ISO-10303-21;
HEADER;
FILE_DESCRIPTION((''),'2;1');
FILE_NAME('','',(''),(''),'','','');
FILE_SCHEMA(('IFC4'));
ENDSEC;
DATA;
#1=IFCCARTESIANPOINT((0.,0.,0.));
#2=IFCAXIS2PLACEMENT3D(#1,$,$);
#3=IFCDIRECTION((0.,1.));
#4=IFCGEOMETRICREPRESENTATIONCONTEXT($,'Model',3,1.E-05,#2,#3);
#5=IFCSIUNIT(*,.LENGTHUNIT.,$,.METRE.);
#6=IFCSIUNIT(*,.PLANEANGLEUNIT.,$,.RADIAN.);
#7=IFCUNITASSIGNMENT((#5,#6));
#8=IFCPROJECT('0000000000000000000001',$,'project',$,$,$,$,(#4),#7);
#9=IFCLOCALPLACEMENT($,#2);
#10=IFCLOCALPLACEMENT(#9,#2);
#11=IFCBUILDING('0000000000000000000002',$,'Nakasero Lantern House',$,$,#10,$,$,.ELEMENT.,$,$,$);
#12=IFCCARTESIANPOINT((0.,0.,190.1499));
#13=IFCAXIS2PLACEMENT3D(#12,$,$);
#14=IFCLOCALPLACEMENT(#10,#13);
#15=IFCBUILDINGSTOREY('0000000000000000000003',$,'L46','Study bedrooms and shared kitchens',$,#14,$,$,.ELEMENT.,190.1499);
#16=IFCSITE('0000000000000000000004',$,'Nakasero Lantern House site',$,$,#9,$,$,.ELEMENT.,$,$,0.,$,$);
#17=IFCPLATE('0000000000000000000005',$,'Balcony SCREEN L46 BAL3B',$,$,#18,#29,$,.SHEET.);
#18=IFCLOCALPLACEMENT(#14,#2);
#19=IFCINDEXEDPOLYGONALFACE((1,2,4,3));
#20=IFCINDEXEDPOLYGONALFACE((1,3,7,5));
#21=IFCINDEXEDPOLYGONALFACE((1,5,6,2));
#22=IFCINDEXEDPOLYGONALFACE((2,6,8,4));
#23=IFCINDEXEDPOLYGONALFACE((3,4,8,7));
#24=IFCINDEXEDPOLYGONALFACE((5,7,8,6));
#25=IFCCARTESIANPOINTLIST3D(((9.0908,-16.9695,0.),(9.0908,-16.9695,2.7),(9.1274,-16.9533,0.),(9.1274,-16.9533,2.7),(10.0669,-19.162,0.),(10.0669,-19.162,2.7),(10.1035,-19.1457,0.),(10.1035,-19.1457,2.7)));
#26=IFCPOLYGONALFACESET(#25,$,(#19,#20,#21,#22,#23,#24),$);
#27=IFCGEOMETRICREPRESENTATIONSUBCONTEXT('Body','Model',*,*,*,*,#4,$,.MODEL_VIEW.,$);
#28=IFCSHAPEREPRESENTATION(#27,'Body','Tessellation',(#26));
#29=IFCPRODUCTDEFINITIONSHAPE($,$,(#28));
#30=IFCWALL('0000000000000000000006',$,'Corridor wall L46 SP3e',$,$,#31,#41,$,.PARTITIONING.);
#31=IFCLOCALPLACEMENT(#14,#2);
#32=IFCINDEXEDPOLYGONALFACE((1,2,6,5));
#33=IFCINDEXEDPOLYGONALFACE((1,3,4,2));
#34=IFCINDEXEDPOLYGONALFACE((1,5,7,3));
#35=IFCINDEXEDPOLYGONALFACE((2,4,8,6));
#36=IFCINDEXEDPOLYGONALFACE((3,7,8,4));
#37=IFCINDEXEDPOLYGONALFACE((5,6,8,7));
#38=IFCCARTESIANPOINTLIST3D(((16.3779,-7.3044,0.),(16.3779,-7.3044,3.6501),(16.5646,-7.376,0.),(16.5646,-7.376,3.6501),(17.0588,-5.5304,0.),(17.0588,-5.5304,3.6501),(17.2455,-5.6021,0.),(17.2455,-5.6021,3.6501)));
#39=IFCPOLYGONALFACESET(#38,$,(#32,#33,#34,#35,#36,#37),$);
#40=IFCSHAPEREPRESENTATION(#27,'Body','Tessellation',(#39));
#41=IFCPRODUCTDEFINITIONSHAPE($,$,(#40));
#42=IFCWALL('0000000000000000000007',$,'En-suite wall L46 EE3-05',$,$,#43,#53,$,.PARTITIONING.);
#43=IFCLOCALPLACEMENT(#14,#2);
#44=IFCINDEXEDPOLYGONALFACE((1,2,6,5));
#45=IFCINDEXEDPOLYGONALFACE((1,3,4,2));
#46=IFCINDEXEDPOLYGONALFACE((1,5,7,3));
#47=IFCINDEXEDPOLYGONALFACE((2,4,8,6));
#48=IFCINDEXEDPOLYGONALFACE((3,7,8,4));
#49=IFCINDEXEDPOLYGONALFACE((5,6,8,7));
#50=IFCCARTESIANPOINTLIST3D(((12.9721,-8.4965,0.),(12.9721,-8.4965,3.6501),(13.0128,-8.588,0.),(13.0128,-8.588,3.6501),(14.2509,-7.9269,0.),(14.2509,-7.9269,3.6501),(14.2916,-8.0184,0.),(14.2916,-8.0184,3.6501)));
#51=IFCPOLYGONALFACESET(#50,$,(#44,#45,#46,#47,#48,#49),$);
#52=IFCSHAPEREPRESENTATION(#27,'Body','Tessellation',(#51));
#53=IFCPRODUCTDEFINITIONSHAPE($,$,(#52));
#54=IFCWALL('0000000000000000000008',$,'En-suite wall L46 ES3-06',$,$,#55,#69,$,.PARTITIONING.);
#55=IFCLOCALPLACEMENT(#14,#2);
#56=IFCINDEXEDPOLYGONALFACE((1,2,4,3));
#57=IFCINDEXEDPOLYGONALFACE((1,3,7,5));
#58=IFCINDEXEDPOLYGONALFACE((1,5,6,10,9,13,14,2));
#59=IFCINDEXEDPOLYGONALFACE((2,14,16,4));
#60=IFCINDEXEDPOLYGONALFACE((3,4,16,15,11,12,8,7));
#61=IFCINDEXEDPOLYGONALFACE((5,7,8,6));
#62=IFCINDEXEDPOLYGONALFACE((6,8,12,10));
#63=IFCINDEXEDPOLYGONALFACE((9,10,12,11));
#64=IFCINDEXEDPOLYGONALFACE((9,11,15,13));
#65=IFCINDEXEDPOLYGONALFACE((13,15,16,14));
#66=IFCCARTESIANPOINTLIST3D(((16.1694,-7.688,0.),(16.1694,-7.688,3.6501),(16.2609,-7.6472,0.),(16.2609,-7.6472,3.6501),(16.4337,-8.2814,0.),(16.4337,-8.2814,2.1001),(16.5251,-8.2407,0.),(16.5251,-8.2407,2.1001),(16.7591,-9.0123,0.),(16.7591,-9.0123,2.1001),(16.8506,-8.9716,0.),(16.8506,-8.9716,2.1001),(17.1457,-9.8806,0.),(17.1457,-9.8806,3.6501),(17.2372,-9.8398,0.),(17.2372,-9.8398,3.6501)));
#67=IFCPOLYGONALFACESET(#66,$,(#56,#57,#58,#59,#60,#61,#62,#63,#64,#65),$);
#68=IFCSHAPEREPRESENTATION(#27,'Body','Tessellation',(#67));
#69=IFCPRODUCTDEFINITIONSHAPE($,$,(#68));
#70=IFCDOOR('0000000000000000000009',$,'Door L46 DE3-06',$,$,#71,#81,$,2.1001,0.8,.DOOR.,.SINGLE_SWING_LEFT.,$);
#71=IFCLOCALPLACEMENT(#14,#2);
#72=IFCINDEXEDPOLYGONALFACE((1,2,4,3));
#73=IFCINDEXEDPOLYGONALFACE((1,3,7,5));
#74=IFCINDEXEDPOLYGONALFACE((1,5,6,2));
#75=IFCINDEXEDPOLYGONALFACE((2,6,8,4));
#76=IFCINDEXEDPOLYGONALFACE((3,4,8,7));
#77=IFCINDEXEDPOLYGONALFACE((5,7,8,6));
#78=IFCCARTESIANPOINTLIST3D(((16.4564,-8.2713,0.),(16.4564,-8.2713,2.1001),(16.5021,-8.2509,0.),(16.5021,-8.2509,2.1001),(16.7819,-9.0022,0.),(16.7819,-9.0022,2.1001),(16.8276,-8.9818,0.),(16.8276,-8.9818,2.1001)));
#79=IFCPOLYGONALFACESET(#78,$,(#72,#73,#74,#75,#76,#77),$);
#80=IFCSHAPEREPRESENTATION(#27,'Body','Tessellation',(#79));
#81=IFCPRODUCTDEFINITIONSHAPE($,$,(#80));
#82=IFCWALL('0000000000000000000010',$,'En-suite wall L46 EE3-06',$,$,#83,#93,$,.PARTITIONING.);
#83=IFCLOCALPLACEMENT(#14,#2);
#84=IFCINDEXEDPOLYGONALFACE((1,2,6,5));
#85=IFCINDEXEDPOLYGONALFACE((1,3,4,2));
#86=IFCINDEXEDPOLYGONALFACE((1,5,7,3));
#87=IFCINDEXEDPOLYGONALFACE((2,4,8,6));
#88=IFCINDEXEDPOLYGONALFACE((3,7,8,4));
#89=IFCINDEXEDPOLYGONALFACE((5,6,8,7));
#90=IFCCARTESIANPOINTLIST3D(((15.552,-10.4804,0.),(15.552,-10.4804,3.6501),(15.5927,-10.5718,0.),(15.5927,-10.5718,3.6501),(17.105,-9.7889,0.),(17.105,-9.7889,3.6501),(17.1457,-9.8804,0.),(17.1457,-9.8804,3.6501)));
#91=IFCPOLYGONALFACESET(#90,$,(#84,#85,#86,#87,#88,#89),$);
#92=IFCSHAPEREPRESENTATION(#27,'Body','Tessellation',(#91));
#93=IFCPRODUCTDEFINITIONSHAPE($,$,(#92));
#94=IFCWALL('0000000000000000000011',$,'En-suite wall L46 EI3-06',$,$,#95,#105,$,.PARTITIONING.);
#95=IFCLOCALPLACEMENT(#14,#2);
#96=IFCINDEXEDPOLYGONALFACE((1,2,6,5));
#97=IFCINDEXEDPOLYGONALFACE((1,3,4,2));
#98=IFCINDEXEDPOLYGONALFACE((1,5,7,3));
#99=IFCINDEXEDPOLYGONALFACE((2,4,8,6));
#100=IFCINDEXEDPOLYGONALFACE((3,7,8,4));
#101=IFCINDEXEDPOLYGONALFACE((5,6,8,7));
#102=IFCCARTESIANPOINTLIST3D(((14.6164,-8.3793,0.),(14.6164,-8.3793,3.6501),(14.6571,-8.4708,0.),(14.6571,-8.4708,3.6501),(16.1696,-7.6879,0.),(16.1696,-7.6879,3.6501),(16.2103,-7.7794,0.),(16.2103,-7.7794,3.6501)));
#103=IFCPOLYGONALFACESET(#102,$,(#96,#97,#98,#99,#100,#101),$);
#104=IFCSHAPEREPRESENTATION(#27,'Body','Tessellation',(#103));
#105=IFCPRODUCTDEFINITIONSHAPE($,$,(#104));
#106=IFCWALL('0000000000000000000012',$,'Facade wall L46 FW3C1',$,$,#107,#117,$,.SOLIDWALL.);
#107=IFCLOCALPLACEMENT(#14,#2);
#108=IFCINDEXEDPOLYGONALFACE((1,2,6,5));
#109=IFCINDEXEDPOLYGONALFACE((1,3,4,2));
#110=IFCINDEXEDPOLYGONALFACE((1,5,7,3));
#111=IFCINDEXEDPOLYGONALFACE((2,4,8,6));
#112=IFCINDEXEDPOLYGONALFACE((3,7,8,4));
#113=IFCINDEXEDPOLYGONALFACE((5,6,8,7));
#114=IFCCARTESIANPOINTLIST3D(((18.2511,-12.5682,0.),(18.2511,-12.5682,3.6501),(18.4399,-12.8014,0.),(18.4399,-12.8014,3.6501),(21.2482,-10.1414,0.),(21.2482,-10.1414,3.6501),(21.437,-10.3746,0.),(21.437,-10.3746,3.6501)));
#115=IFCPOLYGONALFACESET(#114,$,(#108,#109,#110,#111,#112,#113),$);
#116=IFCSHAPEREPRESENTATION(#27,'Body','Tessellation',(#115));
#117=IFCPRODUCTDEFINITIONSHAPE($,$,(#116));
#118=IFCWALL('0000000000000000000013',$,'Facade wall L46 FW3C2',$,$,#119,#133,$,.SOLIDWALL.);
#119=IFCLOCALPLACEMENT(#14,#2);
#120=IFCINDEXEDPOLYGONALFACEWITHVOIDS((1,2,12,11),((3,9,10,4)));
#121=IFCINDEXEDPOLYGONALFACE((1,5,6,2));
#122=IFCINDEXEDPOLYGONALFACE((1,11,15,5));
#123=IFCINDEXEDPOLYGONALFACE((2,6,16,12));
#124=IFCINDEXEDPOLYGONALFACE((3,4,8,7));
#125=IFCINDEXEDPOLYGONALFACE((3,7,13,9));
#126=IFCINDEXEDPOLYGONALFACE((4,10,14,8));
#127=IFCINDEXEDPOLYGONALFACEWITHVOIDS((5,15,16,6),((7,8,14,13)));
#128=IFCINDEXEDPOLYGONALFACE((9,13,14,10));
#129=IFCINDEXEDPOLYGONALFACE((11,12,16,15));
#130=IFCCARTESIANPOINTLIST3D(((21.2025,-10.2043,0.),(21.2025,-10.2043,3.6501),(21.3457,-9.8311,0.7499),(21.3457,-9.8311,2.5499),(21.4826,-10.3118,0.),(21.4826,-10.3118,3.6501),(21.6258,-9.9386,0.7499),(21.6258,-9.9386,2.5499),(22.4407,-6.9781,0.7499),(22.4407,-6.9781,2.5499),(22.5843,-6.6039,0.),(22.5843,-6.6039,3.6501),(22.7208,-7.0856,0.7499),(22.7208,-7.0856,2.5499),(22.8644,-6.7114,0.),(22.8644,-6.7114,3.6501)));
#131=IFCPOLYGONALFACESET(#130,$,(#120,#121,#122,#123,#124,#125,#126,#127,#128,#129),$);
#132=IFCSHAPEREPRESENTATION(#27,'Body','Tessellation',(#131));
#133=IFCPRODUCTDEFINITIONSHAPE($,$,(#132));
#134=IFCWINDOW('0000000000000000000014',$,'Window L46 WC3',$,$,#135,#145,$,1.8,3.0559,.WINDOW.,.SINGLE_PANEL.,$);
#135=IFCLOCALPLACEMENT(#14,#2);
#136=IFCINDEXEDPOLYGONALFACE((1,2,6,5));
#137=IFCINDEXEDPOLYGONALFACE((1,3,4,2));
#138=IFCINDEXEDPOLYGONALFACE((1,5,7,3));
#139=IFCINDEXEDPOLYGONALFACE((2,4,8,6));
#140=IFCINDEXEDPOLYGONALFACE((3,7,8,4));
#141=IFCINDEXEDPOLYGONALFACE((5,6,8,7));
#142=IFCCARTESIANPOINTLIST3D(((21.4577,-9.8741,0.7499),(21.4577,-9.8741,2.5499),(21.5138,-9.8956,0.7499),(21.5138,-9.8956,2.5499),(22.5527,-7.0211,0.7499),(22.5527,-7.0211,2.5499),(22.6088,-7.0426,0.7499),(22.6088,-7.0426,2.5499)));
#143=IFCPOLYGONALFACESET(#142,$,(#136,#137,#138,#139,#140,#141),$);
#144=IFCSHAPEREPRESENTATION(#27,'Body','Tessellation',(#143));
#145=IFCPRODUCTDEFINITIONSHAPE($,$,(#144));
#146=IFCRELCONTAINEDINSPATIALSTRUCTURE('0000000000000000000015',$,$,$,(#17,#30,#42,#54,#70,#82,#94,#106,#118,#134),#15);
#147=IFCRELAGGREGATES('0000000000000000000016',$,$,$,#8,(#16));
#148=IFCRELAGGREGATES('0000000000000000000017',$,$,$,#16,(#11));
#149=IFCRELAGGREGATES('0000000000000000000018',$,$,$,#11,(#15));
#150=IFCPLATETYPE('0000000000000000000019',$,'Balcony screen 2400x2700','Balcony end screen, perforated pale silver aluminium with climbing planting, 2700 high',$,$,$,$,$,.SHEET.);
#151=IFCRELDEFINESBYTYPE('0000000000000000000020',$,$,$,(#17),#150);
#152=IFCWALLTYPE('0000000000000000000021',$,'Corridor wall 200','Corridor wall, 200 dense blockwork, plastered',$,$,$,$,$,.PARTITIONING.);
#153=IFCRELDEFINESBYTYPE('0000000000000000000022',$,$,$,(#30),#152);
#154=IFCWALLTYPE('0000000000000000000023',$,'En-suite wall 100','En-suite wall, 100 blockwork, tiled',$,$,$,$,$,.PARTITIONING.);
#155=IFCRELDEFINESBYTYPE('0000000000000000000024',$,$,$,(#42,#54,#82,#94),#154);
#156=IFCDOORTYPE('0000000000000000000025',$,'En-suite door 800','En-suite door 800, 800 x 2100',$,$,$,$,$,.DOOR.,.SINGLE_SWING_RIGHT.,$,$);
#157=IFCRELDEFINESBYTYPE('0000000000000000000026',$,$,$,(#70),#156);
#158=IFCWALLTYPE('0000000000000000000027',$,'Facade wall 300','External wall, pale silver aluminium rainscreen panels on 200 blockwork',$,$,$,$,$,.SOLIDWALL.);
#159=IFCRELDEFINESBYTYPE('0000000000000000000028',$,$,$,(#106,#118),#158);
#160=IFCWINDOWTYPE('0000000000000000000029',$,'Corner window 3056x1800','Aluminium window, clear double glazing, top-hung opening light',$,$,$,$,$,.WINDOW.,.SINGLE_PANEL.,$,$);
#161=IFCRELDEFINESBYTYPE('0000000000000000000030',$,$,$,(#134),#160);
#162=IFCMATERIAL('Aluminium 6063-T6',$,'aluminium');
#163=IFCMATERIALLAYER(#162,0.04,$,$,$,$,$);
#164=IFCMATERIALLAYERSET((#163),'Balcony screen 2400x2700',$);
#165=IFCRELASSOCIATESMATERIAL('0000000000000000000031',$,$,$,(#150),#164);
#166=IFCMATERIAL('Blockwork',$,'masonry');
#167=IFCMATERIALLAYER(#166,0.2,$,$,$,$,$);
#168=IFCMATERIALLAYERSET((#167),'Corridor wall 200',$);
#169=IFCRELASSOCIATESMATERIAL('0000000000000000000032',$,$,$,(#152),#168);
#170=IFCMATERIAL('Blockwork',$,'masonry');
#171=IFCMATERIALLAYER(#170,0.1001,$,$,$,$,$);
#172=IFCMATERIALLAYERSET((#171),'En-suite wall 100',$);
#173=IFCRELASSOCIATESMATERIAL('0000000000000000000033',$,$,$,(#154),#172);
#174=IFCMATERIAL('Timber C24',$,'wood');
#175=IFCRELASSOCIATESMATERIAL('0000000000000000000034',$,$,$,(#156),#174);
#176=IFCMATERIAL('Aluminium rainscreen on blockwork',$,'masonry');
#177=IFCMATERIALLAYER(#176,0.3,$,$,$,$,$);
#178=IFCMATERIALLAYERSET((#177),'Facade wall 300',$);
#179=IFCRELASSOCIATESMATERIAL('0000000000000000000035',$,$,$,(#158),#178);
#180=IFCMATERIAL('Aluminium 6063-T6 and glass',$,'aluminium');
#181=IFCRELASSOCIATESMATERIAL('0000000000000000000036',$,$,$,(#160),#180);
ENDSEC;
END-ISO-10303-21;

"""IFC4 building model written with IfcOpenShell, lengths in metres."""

from ifc_helpers import new_model, si_unit, direction, frame, frame_2d, origin, origin_2d, place, context, subcontext, project, spatial, rectangle, extrude, material, layer, layer_set, type_object, element, fill, save


model = new_model("IFC4")

# Units and contexts
model_context = context("Model", 3, precision=1e-05, world=origin(), true_north=direction((0.0, 1.0)))
body_context = subcontext(model_context, "Body", "Model", "MODEL_VIEW")
ifc_project = project(units=[si_unit("LENGTHUNIT", "METRE"), si_unit("PLANEANGLEUNIT", "RADIAN")], contexts=[model_context])

# Site, building, storey
site_placement = place(None, origin())
site = spatial("IfcSite", under=ifc_project, at=site_placement, Name="Nakasero Lantern House site", CompositionType="ELEMENT", RefElevation=0.0)
building_placement = place(site_placement, origin())
building = spatial("IfcBuilding", under=site, at=building_placement, Name="Nakasero Lantern House", CompositionType="ELEMENT")
storey_placement = place(building_placement, frame((0.0, 0.0, 190.1499)))
storey = spatial("IfcBuildingStorey", under=building, at=storey_placement, Name="L46", Description="Study bedrooms and shared kitchens", CompositionType="ELEMENT", Elevation=190.1499)

# Plate
ifc_material_1 = material(Name="Aluminium 6063-T6", Category="aluminium")
ifc_layer_1 = layer(ifc_material_1, 0.04)
ifc_layer_set_1 = layer_set([ifc_layer_1], Name="Balcony screen 2400x2700")
plate_type = type_object("IfcPlateType", Name="Balcony screen 2400x2700", Description="Balcony end screen, perforated pale silver aluminium with climbing planting, 2700 high", PredefinedType="SHEET", material=ifc_layer_set_1)
plate_placement = place(storey_placement, frame((9.5972, -18.0576, 0.0), z_axis=(0.0, 0.0, 1.0), x_axis=(0.406737, -0.913545, 0.0)))
element("IfcPlate", 1, at=plate_placement, inside=storey, type_object=plate_type, Name="Balcony SCREEN L46 BAL3B", PredefinedType="SHEET", context=body_context, shape_type="SweptSolid", body=[
    extrude(rectangle(XDim=2.3999, YDim=0.04, at=origin_2d()), origin(), (0.0, 0.0, 1.0), 2.7),
])

# Walls
ifc_material_2 = material(Name="Blockwork", Category="masonry")
ifc_layer_2 = layer(ifc_material_2, 0.2)
ifc_layer_set_2 = layer_set([ifc_layer_2], Name="Corridor wall 200")
wall_type_1 = type_object("IfcWallType", Name="Corridor wall 200", Description="Corridor wall, 200 dense blockwork, plastered", PredefinedType="PARTITIONING", material=ifc_layer_set_2)
wall_1_placement = place(storey_placement, frame((16.4712, -7.3403, 0.0), z_axis=(0.0, 0.0, 1.0), x_axis=(0.35835, 0.933587, 0.0)))
element("IfcWall", 2, at=wall_1_placement, inside=storey, type_object=wall_type_1, Name="Corridor wall L46 SP3e", PredefinedType="PARTITIONING", context=body_context, shape_type="SweptSolid", body=[
    extrude(rectangle(XDim=1.9001, YDim=0.2, at=frame_2d((0.9502, 0.0))), origin(), (0.0, 0.0, 1.0), 3.6501),
])
ifc_material_3 = material(Name="Blockwork", Category="masonry")
ifc_layer_3 = layer(ifc_material_3, 0.1001)
ifc_layer_set_3 = layer_set([ifc_layer_3], Name="En-suite wall 100")
wall_type_2 = type_object("IfcWallType", Name="En-suite wall 100", Description="En-suite wall, 100 blockwork, tiled", PredefinedType="PARTITIONING", material=ifc_layer_set_3)
wall_2_placement = place(storey_placement, frame((12.9924, -8.5422, 0.0), z_axis=(0.0, 0.0, 1.0), x_axis=(0.913488, 0.406866, 0.0)))
element("IfcWall", 3, at=wall_2_placement, inside=storey, type_object=wall_type_2, Name="En-suite wall L46 EE3-05", PredefinedType="PARTITIONING", context=body_context, shape_type="SweptSolid", body=[
    extrude(rectangle(XDim=1.3999, YDim=0.1001, at=frame_2d((0.7, 0.0))), origin(), (0.0, 0.0, 1.0), 3.6501),
])

# Wall, opening, door
wall_3_placement = place(storey_placement, frame((16.2151, -7.6675, 0.0), z_axis=(0.0, 0.0, 1.0), x_axis=(0.406771, -0.91353, 0.0)))
wall_3 = element("IfcWall", 4, at=wall_3_placement, inside=storey, type_object=wall_type_2, Name="En-suite wall L46 ES3-06", PredefinedType="PARTITIONING", context=body_context, shape_type="SweptSolid", body=[
    extrude(rectangle(XDim=2.4001, YDim=0.1001, at=frame_2d((1.2002, 0.0))), origin(), (0.0, 0.0, 1.0), 3.6501),
])
opening_1_placement = place(wall_3_placement, frame((0.6499, 0.0, 0.0)))
opening_1 = element("IfcOpeningElement", 5, at=opening_1_placement, cuts=wall_3, PredefinedType="OPENING", context=body_context, shape_type="SweptSolid", body=[
    extrude(rectangle(XDim=0.8, YDim=2.1001, at=frame_2d((0.3999, 1.05))), frame((0.0, 0.0701, 0.0), z_axis=(0.0, -1.0, 0.0), x_axis=(1.0, 0.0, 0.0)), (0.0, 0.0, 1.0), 0.1401),
])
ifc_material_4 = material(Name="Timber C24", Category="wood")
door_type = type_object("IfcDoorType", Name="En-suite door 800", Description="En-suite door 800, 800 x 2100", OperationType="SINGLE_SWING_RIGHT", PredefinedType="DOOR", material=ifc_material_4)
door_placement = place(opening_1_placement, origin())
door = element("IfcDoor", 6, at=door_placement, inside=storey, type_object=door_type, Name="Door L46 DE3-06", OperationType="SINGLE_SWING_LEFT", OverallHeight=2.1001, OverallWidth=0.8, PredefinedType="DOOR", context=body_context, shape_type="SweptSolid", body=[
    extrude(rectangle(XDim=0.8, YDim=2.1001, at=frame_2d((0.3999, 1.05))), frame((0.0, 0.0249, 0.0), z_axis=(0.0, -1.0, 0.0), x_axis=(1.0, 0.0, 0.0)), (0.0, 0.0, 1.0), 0.05),
])
fill(opening_1, door)

# Walls
wall_4_placement = place(storey_placement, frame((15.5723, -10.5261, 0.0), z_axis=(0.0, 0.0, 1.0), x_axis=(0.913551, 0.406725, 0.0)))
element("IfcWall", 7, at=wall_4_placement, inside=storey, type_object=wall_type_2, Name="En-suite wall L46 EE3-06", PredefinedType="PARTITIONING", context=body_context, shape_type="SweptSolid", body=[
    extrude(rectangle(XDim=1.7, YDim=0.1001, at=frame_2d((0.8501, 0.0))), origin(), (0.0, 0.0, 1.0), 3.6501),
])
wall_5_placement = place(storey_placement, frame((14.6367, -8.425, 0.0), z_axis=(0.0, 0.0, 1.0), x_axis=(0.913575, 0.406671, 0.0)))
element("IfcWall", 8, at=wall_5_placement, inside=storey, type_object=wall_type_2, Name="En-suite wall L46 EI3-06", PredefinedType="PARTITIONING", context=body_context, shape_type="SweptSolid", body=[
    extrude(rectangle(XDim=1.7002, YDim=0.1001, at=frame_2d((0.8501, 0.0))), origin(), (0.0, 0.0, 1.0), 3.6501),
])
ifc_material_5 = material(Name="Aluminium rainscreen on blockwork", Category="masonry")
ifc_layer_4 = layer(ifc_material_5, 0.3)
ifc_layer_set_4 = layer_set([ifc_layer_4], Name="Facade wall 300")
wall_type_3 = type_object("IfcWallType", Name="Facade wall 300", Description="External wall, pale silver aluminium rainscreen panels on 200 blockwork", PredefinedType="SOLIDWALL", material=ifc_layer_set_4)
wall_6_placement = place(storey_placement, frame((18.3455, -12.6848, 0.0), z_axis=(0.0, 0.0, 1.0), x_axis=(0.777174, 0.629286, 0.0)))
element("IfcWall", 9, at=wall_6_placement, inside=storey, type_object=wall_type_3, Name="Facade wall L46 FW3C1", PredefinedType="SOLIDWALL", context=body_context, shape_type="SweptSolid", body=[
    extrude(rectangle(XDim=3.8564, YDim=0.3, at=frame_2d((1.9282, 0.0))), origin(), (0.0, 0.0, 1.0), 3.6501),
])

# Wall, opening, window
wall_7_placement = place(storey_placement, frame((21.3425, -10.2581, 0.0), z_axis=(0.0, 0.0, 1.0), x_axis=(0.358321, 0.933598, 0.0)))
wall_7 = element("IfcWall", 10, at=wall_7_placement, inside=storey, type_object=wall_type_3, Name="Facade wall L46 FW3C2", PredefinedType="SOLIDWALL", context=body_context, shape_type="SweptSolid", body=[
    extrude(rectangle(XDim=3.8564, YDim=0.3, at=frame_2d((1.9282, 0.0))), origin(), (0.0, 0.0, 1.0), 3.6501),
])
opening_2_placement = place(wall_7_placement, frame((0.3999, 0.0, 0.75)))
opening_2 = element("IfcOpeningElement", 11, at=opening_2_placement, cuts=wall_7, PredefinedType="OPENING", context=body_context, shape_type="SweptSolid", body=[
    extrude(rectangle(XDim=3.0559, YDim=1.8, at=frame_2d((1.5278, 0.8999))), frame((0.0, 0.1699, 0.0), z_axis=(0.0, -1.0, 0.0), x_axis=(1.0, 0.0, 0.0)), (0.0, 0.0, 1.0), 0.3401),
])
ifc_material_6 = material(Name="Aluminium 6063-T6 and glass", Category="aluminium")
window_type = type_object("IfcWindowType", Name="Corner window 3056x1800", Description="Aluminium window, clear double glazing, top-hung opening light", PartitioningType="SINGLE_PANEL", PredefinedType="WINDOW", material=ifc_material_6)
window_placement = place(opening_2_placement, origin())
window = element("IfcWindow", 12, at=window_placement, inside=storey, type_object=window_type, Name="Window L46 WC3", OverallHeight=1.8, OverallWidth=3.0559, PartitioningType="SINGLE_PANEL", PredefinedType="WINDOW", context=body_context, shape_type="SweptSolid", body=[
    extrude(rectangle(XDim=3.0559, YDim=1.8, at=frame_2d((1.5278, 0.8999))), frame((0.0, 0.03, 0.0), z_axis=(0.0, -1.0, 0.0), x_axis=(1.0, 0.0, 0.0)), (0.0, 0.0, 1.0), 0.0601),
])
fill(opening_2, window)

save(model, "model.ifc")
